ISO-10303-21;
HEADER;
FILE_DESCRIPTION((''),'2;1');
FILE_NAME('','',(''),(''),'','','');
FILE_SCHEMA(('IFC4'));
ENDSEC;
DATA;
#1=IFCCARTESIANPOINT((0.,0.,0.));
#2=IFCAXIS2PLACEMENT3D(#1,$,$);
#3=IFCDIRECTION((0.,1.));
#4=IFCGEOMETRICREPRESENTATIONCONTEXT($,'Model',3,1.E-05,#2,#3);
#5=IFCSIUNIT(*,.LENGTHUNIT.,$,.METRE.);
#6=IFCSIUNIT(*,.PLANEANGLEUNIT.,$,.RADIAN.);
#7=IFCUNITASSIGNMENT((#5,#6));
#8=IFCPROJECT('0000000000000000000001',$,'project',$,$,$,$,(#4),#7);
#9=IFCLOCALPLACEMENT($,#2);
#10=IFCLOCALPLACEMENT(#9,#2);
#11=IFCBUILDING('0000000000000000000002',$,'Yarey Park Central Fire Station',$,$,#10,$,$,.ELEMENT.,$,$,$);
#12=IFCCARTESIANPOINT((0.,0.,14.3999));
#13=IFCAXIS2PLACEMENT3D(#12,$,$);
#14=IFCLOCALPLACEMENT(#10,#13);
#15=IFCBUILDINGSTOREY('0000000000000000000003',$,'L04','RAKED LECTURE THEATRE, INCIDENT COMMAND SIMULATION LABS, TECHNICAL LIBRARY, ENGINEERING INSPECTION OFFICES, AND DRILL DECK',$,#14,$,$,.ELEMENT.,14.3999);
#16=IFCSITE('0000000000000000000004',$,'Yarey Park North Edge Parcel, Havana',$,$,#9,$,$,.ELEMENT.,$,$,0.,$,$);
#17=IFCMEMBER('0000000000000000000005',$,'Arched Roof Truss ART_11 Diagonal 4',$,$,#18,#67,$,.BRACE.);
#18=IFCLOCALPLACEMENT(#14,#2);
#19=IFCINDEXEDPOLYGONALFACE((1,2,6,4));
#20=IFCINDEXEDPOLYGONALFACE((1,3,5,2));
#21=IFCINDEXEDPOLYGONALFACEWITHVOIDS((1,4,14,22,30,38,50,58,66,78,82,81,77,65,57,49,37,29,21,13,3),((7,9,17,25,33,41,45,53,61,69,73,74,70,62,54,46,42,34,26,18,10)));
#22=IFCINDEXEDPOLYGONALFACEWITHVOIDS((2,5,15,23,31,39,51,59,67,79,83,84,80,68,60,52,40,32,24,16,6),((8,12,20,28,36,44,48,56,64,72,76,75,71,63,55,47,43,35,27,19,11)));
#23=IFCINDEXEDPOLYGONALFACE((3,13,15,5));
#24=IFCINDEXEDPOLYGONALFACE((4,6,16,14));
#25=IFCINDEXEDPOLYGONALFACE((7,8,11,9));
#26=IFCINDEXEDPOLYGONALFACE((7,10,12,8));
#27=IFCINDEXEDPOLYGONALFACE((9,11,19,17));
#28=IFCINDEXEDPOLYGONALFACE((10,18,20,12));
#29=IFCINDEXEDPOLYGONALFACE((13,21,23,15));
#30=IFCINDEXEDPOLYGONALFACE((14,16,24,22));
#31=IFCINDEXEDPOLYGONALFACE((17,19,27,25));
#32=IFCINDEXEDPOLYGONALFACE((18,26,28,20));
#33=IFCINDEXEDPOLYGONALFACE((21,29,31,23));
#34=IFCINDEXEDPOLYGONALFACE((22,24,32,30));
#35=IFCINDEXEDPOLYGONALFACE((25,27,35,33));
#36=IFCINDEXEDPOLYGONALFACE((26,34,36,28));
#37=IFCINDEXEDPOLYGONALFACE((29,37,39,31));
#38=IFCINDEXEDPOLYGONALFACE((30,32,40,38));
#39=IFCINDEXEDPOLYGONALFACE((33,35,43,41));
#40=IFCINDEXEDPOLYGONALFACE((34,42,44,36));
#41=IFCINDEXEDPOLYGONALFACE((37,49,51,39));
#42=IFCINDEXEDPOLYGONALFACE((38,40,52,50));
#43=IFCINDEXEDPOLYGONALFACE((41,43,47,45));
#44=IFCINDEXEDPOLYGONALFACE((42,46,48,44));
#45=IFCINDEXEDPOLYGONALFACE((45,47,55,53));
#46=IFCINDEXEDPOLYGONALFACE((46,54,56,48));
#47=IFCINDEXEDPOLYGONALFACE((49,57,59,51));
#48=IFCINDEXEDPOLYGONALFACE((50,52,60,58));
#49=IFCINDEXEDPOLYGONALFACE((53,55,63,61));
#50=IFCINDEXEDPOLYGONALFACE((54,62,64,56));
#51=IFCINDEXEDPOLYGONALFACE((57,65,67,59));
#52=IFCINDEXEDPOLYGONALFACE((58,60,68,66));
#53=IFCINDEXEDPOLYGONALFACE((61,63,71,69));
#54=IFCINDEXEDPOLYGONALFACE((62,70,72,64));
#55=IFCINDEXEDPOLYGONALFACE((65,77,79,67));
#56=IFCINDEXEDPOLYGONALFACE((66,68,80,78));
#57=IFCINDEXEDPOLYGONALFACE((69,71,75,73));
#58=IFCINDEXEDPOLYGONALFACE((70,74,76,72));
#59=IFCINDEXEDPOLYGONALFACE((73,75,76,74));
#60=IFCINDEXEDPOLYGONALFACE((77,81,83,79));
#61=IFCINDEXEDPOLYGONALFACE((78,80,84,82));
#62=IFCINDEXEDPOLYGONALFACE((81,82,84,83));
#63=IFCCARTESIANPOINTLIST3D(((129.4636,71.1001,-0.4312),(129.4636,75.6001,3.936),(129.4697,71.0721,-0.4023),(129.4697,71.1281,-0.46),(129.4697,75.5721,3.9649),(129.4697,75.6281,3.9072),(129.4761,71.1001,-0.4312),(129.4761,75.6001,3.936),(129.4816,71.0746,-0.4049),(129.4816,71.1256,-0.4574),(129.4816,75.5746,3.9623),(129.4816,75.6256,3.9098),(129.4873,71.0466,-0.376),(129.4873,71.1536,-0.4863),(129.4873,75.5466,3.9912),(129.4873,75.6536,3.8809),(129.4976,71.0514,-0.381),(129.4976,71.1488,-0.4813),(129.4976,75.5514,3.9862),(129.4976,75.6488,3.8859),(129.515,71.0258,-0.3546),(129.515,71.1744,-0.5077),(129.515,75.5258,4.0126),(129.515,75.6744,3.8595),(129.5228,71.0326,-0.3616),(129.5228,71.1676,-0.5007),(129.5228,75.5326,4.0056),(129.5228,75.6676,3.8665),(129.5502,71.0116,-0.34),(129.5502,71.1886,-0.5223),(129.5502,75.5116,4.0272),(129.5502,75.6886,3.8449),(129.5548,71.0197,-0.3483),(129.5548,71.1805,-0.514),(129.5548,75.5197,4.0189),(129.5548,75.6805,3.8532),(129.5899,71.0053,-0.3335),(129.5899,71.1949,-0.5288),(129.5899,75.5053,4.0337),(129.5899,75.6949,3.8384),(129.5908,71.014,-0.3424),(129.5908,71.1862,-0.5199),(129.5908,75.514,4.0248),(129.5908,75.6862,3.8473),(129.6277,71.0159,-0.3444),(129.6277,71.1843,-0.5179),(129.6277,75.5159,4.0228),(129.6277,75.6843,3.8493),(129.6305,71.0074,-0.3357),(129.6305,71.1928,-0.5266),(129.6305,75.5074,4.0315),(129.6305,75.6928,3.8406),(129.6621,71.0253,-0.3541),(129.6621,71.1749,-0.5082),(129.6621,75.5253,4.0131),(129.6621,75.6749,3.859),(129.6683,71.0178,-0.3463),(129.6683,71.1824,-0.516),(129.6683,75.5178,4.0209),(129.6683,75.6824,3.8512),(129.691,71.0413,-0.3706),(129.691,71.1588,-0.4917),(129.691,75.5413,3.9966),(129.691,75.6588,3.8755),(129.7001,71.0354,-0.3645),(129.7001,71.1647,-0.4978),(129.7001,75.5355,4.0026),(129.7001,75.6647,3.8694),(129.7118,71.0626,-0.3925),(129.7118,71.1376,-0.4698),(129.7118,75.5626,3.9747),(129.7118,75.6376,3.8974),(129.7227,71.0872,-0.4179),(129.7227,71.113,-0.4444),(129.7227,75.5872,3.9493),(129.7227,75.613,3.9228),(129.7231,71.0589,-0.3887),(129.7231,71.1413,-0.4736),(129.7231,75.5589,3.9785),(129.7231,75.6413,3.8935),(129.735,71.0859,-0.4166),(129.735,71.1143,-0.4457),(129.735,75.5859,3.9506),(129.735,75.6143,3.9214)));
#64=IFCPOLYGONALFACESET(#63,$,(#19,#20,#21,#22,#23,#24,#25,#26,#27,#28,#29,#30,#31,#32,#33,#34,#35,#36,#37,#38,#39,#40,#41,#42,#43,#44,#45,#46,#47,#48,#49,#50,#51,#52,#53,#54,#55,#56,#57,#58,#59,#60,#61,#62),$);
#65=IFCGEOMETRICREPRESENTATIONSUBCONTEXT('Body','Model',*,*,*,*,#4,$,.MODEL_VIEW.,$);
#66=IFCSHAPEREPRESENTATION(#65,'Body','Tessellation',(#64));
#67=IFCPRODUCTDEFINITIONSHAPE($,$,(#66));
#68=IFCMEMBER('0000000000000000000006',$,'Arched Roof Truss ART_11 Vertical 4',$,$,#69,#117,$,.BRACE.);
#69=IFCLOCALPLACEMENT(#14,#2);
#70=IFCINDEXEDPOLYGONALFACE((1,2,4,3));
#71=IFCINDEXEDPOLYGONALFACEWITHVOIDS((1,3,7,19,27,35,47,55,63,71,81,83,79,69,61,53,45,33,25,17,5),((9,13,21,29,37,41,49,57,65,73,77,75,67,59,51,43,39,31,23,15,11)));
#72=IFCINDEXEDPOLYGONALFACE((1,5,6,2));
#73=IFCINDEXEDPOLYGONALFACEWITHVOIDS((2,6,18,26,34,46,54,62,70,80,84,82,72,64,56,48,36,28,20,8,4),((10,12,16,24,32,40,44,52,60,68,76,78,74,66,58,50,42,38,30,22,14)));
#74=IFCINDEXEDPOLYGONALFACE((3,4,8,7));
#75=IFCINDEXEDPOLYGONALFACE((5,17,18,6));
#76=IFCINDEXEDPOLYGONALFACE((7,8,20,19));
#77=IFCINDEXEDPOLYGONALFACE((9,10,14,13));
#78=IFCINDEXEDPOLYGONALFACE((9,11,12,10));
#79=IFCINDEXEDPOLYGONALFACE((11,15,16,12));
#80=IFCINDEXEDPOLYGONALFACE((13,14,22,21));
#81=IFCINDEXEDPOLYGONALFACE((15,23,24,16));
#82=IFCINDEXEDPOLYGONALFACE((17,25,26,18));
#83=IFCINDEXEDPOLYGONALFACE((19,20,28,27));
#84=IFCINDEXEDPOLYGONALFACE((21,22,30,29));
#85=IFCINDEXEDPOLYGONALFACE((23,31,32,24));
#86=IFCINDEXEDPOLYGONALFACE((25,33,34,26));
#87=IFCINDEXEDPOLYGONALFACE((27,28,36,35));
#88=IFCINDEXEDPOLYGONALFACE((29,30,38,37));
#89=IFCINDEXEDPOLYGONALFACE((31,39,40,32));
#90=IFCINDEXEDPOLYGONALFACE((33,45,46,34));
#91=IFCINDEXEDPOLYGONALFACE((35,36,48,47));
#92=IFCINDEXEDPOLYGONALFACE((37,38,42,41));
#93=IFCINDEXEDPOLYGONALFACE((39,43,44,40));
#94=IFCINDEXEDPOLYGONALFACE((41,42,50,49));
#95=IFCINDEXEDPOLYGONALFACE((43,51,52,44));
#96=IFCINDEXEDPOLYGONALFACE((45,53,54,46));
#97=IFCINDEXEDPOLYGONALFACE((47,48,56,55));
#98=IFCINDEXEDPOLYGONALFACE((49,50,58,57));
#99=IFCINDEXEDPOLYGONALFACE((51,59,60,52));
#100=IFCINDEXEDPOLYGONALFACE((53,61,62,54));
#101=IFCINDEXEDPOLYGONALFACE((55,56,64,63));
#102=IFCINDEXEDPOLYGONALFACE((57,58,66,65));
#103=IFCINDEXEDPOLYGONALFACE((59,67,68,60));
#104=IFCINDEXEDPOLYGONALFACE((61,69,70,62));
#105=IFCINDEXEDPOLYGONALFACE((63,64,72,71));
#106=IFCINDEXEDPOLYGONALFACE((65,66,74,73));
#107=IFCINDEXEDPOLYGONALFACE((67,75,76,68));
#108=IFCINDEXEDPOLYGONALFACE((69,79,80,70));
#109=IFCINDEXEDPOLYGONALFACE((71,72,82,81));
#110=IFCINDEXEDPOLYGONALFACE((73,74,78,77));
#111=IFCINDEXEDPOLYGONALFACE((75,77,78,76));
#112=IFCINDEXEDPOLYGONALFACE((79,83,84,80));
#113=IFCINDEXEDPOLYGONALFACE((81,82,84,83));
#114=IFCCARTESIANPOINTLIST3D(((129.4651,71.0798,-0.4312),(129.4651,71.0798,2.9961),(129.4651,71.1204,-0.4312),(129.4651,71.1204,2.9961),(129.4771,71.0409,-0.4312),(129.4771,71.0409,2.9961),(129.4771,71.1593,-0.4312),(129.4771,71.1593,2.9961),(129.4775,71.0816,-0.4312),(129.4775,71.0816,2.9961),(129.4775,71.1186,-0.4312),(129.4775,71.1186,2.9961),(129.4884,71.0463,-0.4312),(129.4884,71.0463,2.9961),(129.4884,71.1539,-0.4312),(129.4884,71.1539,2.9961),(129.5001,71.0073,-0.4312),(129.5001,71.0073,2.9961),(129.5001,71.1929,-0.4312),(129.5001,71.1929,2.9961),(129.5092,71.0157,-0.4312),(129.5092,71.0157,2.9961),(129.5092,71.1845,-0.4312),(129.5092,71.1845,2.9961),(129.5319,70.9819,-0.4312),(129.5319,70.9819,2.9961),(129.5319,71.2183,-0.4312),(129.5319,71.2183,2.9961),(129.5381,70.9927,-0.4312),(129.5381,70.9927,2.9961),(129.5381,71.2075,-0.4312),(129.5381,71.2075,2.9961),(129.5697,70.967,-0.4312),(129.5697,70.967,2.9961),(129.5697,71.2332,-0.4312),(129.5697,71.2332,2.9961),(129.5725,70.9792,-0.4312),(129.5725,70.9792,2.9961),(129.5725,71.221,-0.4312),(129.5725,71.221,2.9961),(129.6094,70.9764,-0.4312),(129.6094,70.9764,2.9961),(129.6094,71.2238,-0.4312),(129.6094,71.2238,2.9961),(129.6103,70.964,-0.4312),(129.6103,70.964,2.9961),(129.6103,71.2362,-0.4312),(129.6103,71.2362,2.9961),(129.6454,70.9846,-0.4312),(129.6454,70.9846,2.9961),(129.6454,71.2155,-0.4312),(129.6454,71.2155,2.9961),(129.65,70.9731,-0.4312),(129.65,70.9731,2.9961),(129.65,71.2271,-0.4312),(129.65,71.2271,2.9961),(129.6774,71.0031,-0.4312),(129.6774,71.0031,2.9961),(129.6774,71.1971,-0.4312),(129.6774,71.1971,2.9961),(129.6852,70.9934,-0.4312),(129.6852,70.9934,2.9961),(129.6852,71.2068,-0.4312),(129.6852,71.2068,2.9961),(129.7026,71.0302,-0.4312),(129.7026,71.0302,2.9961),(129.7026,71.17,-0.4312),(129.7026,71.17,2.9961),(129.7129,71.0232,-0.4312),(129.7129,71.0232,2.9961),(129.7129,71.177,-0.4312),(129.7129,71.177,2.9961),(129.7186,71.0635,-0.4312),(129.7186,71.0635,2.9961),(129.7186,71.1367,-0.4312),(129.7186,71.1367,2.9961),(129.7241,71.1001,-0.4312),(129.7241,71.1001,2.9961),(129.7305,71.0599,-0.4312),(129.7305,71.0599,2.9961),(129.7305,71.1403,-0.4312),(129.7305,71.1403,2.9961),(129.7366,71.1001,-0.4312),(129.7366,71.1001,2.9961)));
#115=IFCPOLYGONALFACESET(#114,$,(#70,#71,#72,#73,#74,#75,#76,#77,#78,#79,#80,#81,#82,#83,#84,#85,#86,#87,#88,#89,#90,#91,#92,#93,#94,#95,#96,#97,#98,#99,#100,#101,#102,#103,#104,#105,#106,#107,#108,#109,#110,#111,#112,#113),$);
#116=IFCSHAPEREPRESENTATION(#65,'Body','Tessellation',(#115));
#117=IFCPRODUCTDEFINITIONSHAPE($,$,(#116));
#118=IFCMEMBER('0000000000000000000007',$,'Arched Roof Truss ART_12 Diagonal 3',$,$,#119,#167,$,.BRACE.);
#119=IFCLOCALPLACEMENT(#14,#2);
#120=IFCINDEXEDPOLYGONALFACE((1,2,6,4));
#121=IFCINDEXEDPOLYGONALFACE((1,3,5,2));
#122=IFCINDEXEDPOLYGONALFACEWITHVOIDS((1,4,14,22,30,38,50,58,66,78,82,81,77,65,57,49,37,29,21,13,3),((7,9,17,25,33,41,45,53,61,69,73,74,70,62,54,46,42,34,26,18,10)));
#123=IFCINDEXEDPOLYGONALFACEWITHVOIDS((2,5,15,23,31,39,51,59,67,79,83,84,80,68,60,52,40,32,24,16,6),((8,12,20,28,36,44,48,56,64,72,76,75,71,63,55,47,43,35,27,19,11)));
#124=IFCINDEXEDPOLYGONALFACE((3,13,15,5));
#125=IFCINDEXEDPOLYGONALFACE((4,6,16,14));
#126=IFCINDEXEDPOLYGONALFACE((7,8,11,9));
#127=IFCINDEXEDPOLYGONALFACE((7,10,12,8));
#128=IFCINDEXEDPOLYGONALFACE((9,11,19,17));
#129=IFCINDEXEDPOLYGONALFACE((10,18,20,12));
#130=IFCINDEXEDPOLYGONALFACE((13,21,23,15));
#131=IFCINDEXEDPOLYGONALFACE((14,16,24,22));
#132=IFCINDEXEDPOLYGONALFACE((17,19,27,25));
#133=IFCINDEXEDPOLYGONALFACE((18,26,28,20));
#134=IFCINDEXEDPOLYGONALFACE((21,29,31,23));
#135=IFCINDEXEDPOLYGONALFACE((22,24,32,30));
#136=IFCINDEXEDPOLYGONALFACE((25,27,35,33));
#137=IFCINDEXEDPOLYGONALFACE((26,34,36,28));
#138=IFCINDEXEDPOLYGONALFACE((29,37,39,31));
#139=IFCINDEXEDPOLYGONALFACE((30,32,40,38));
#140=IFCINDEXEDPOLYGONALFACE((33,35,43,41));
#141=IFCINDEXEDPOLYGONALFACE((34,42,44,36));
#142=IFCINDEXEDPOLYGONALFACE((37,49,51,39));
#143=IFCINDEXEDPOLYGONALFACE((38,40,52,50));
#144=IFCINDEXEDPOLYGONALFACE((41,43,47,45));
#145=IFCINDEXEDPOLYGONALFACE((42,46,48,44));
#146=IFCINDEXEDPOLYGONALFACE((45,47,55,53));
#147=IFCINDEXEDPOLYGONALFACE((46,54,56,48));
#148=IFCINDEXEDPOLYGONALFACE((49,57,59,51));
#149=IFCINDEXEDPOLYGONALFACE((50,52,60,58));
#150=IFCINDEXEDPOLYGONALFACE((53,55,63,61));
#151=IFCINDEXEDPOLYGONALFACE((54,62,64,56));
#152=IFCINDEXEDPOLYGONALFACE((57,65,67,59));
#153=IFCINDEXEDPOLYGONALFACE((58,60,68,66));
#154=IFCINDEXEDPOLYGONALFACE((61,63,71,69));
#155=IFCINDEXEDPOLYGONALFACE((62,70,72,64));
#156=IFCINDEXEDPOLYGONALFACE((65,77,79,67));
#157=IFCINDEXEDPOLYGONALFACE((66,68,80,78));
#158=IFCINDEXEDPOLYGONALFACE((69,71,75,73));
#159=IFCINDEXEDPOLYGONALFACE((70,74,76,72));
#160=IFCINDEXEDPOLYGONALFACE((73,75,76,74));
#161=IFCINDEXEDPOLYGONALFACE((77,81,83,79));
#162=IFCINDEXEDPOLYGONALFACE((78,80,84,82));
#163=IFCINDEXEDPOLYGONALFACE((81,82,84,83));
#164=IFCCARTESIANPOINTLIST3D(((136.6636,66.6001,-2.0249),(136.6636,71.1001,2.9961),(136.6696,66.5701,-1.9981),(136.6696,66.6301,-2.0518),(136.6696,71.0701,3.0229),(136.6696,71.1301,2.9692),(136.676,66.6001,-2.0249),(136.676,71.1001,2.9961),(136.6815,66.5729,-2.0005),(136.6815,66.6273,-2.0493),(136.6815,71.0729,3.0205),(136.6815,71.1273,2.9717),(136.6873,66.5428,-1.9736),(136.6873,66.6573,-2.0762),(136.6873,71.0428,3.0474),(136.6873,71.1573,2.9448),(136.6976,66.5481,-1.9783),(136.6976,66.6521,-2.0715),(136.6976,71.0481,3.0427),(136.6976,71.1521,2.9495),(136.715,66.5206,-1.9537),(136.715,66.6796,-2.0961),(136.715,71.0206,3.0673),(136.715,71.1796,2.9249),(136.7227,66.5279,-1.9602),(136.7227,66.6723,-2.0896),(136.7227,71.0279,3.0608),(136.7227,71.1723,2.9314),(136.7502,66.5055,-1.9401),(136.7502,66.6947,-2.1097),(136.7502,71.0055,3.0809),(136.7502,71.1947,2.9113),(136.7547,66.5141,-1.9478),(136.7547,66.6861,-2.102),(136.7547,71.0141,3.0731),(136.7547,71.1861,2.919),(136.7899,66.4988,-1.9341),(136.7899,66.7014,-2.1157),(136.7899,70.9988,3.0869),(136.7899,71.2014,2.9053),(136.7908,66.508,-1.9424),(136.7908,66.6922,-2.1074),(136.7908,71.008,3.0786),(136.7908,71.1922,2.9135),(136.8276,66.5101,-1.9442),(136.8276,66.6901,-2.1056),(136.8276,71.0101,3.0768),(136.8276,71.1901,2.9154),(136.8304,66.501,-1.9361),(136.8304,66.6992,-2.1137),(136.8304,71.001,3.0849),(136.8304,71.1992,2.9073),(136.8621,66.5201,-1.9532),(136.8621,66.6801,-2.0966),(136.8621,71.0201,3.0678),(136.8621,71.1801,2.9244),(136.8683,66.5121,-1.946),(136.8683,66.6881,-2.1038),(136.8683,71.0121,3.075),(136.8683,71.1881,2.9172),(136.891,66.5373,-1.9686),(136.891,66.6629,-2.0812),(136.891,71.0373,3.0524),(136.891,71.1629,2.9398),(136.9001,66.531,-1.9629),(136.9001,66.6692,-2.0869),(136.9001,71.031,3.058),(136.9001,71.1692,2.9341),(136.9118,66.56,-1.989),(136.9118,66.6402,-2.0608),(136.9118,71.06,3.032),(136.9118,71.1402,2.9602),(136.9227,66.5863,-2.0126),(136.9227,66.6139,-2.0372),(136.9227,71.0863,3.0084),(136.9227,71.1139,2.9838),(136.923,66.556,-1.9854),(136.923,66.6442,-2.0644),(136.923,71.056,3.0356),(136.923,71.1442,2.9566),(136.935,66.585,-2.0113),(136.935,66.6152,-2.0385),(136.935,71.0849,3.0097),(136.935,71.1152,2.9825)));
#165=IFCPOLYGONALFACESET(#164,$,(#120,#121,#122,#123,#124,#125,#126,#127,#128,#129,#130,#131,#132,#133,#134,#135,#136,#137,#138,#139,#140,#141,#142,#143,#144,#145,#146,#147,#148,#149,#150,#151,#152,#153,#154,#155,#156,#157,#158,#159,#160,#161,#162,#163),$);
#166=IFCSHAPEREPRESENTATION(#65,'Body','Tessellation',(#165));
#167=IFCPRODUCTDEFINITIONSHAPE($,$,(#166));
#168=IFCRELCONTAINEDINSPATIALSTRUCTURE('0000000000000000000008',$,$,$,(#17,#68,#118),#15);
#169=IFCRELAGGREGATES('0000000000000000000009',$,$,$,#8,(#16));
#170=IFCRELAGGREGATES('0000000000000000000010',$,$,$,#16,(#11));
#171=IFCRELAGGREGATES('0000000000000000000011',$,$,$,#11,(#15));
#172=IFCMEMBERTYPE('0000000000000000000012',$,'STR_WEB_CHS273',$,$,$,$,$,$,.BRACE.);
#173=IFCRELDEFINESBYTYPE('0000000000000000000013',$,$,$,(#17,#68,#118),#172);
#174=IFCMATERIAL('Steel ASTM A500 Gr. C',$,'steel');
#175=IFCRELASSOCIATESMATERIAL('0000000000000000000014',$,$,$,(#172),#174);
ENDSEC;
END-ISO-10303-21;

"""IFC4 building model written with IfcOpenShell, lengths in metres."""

from ifc_helpers import new_model, si_unit, direction, frame, origin, origin_2d, place, context, subcontext, project, spatial, hollow_circle, extrude, material, material_profile, profile_set, type_object, element, save


model = new_model("IFC4")

# Units and contexts
model_context = context("Model", 3, precision=1e-05, world=origin(), true_north=direction((0.0, 1.0)))
body_context = subcontext(model_context, "Body", "Model", "MODEL_VIEW")
ifc_project = project(units=[si_unit("LENGTHUNIT", "METRE"), si_unit("PLANEANGLEUNIT", "RADIAN")], contexts=[model_context])

# Site, building, storey
site_placement = place(None, origin())
site = spatial("IfcSite", under=ifc_project, at=site_placement, Name="Yarey Park North Edge Parcel, Havana", CompositionType="ELEMENT", RefElevation=0.0)
building_placement = place(site_placement, origin())
building = spatial("IfcBuilding", under=site, at=building_placement, Name="Yarey Park Central Fire Station", CompositionType="ELEMENT")
storey_placement = place(building_placement, frame((0.0, 0.0, 14.3999)))
storey = spatial("IfcBuildingStorey", under=building, at=storey_placement, Name="L04", Description="RAKED LECTURE THEATRE, INCIDENT COMMAND SIMULATION LABS, TECHNICAL LIBRARY, ENGINEERING INSPECTION OFFICES, AND DRILL DECK", CompositionType="ELEMENT", Elevation=14.3999)

# Members
ifc_material_1 = material(Name="Steel ASTM A500 Gr. C", Category="steel")
ifc_material_profile_1 = material_profile(ifc_material_1, hollow_circle(Radius=0.1365, WallThickness=0.0125, at=origin_2d()), Name="CHS 273x12.5")
ifc_profile_set_1 = profile_set([ifc_material_profile_1], Name="Steel ASTM A500 Gr. C")
member_type_1 = type_object("IfcMemberType", Name="STR_WEB_CHS273", PredefinedType="BRACE", material=ifc_profile_set_1)
member_1_placement = place(storey_placement, frame((129.6001, 71.1001, -0.4312), z_axis=(0.0, 0.717617, 0.696438), x_axis=(-1.0, 0.0, 0.0)))
element("IfcMember", 1, at=member_1_placement, inside=storey, type_object=member_type_1, Name="Arched Roof Truss ART_11 Diagonal 4", PredefinedType="BRACE", context=body_context, shape_type="SweptSolid", body=[
    extrude(hollow_circle(Radius=0.1365, WallThickness=0.0125, at=origin_2d()), origin(), (0.0, 0.0, 1.0), 6.2708),
])
member_2_placement = place(storey_placement, frame((129.6001, 71.1001, -0.4312), z_axis=(0.0, 0.0, 1.0), x_axis=(1.0, 0.0, 0.0)))
element("IfcMember", 2, at=member_2_placement, inside=storey, type_object=member_type_1, Name="Arched Roof Truss ART_11 Vertical 4", PredefinedType="BRACE", context=body_context, shape_type="SweptSolid", body=[
    extrude(hollow_circle(Radius=0.1365, WallThickness=0.0125, at=origin_2d()), origin(), (0.0, 0.0, 1.0), 3.4272),
])
member_3_placement = place(storey_placement, frame((136.8, 66.6001, -2.0249), z_axis=(0.0, 0.667415, 0.744686), x_axis=(-1.0, 0.0, 0.0)))
element("IfcMember", 3, at=member_3_placement, inside=storey, type_object=member_type_1, Name="Arched Roof Truss ART_12 Diagonal 3", PredefinedType="BRACE", context=body_context, shape_type="SweptSolid", body=[
    extrude(hollow_circle(Radius=0.1365, WallThickness=0.0125, at=origin_2d()), origin(), (0.0, 0.0, 1.0), 6.7424),
])

save(model, "model.ifc")
